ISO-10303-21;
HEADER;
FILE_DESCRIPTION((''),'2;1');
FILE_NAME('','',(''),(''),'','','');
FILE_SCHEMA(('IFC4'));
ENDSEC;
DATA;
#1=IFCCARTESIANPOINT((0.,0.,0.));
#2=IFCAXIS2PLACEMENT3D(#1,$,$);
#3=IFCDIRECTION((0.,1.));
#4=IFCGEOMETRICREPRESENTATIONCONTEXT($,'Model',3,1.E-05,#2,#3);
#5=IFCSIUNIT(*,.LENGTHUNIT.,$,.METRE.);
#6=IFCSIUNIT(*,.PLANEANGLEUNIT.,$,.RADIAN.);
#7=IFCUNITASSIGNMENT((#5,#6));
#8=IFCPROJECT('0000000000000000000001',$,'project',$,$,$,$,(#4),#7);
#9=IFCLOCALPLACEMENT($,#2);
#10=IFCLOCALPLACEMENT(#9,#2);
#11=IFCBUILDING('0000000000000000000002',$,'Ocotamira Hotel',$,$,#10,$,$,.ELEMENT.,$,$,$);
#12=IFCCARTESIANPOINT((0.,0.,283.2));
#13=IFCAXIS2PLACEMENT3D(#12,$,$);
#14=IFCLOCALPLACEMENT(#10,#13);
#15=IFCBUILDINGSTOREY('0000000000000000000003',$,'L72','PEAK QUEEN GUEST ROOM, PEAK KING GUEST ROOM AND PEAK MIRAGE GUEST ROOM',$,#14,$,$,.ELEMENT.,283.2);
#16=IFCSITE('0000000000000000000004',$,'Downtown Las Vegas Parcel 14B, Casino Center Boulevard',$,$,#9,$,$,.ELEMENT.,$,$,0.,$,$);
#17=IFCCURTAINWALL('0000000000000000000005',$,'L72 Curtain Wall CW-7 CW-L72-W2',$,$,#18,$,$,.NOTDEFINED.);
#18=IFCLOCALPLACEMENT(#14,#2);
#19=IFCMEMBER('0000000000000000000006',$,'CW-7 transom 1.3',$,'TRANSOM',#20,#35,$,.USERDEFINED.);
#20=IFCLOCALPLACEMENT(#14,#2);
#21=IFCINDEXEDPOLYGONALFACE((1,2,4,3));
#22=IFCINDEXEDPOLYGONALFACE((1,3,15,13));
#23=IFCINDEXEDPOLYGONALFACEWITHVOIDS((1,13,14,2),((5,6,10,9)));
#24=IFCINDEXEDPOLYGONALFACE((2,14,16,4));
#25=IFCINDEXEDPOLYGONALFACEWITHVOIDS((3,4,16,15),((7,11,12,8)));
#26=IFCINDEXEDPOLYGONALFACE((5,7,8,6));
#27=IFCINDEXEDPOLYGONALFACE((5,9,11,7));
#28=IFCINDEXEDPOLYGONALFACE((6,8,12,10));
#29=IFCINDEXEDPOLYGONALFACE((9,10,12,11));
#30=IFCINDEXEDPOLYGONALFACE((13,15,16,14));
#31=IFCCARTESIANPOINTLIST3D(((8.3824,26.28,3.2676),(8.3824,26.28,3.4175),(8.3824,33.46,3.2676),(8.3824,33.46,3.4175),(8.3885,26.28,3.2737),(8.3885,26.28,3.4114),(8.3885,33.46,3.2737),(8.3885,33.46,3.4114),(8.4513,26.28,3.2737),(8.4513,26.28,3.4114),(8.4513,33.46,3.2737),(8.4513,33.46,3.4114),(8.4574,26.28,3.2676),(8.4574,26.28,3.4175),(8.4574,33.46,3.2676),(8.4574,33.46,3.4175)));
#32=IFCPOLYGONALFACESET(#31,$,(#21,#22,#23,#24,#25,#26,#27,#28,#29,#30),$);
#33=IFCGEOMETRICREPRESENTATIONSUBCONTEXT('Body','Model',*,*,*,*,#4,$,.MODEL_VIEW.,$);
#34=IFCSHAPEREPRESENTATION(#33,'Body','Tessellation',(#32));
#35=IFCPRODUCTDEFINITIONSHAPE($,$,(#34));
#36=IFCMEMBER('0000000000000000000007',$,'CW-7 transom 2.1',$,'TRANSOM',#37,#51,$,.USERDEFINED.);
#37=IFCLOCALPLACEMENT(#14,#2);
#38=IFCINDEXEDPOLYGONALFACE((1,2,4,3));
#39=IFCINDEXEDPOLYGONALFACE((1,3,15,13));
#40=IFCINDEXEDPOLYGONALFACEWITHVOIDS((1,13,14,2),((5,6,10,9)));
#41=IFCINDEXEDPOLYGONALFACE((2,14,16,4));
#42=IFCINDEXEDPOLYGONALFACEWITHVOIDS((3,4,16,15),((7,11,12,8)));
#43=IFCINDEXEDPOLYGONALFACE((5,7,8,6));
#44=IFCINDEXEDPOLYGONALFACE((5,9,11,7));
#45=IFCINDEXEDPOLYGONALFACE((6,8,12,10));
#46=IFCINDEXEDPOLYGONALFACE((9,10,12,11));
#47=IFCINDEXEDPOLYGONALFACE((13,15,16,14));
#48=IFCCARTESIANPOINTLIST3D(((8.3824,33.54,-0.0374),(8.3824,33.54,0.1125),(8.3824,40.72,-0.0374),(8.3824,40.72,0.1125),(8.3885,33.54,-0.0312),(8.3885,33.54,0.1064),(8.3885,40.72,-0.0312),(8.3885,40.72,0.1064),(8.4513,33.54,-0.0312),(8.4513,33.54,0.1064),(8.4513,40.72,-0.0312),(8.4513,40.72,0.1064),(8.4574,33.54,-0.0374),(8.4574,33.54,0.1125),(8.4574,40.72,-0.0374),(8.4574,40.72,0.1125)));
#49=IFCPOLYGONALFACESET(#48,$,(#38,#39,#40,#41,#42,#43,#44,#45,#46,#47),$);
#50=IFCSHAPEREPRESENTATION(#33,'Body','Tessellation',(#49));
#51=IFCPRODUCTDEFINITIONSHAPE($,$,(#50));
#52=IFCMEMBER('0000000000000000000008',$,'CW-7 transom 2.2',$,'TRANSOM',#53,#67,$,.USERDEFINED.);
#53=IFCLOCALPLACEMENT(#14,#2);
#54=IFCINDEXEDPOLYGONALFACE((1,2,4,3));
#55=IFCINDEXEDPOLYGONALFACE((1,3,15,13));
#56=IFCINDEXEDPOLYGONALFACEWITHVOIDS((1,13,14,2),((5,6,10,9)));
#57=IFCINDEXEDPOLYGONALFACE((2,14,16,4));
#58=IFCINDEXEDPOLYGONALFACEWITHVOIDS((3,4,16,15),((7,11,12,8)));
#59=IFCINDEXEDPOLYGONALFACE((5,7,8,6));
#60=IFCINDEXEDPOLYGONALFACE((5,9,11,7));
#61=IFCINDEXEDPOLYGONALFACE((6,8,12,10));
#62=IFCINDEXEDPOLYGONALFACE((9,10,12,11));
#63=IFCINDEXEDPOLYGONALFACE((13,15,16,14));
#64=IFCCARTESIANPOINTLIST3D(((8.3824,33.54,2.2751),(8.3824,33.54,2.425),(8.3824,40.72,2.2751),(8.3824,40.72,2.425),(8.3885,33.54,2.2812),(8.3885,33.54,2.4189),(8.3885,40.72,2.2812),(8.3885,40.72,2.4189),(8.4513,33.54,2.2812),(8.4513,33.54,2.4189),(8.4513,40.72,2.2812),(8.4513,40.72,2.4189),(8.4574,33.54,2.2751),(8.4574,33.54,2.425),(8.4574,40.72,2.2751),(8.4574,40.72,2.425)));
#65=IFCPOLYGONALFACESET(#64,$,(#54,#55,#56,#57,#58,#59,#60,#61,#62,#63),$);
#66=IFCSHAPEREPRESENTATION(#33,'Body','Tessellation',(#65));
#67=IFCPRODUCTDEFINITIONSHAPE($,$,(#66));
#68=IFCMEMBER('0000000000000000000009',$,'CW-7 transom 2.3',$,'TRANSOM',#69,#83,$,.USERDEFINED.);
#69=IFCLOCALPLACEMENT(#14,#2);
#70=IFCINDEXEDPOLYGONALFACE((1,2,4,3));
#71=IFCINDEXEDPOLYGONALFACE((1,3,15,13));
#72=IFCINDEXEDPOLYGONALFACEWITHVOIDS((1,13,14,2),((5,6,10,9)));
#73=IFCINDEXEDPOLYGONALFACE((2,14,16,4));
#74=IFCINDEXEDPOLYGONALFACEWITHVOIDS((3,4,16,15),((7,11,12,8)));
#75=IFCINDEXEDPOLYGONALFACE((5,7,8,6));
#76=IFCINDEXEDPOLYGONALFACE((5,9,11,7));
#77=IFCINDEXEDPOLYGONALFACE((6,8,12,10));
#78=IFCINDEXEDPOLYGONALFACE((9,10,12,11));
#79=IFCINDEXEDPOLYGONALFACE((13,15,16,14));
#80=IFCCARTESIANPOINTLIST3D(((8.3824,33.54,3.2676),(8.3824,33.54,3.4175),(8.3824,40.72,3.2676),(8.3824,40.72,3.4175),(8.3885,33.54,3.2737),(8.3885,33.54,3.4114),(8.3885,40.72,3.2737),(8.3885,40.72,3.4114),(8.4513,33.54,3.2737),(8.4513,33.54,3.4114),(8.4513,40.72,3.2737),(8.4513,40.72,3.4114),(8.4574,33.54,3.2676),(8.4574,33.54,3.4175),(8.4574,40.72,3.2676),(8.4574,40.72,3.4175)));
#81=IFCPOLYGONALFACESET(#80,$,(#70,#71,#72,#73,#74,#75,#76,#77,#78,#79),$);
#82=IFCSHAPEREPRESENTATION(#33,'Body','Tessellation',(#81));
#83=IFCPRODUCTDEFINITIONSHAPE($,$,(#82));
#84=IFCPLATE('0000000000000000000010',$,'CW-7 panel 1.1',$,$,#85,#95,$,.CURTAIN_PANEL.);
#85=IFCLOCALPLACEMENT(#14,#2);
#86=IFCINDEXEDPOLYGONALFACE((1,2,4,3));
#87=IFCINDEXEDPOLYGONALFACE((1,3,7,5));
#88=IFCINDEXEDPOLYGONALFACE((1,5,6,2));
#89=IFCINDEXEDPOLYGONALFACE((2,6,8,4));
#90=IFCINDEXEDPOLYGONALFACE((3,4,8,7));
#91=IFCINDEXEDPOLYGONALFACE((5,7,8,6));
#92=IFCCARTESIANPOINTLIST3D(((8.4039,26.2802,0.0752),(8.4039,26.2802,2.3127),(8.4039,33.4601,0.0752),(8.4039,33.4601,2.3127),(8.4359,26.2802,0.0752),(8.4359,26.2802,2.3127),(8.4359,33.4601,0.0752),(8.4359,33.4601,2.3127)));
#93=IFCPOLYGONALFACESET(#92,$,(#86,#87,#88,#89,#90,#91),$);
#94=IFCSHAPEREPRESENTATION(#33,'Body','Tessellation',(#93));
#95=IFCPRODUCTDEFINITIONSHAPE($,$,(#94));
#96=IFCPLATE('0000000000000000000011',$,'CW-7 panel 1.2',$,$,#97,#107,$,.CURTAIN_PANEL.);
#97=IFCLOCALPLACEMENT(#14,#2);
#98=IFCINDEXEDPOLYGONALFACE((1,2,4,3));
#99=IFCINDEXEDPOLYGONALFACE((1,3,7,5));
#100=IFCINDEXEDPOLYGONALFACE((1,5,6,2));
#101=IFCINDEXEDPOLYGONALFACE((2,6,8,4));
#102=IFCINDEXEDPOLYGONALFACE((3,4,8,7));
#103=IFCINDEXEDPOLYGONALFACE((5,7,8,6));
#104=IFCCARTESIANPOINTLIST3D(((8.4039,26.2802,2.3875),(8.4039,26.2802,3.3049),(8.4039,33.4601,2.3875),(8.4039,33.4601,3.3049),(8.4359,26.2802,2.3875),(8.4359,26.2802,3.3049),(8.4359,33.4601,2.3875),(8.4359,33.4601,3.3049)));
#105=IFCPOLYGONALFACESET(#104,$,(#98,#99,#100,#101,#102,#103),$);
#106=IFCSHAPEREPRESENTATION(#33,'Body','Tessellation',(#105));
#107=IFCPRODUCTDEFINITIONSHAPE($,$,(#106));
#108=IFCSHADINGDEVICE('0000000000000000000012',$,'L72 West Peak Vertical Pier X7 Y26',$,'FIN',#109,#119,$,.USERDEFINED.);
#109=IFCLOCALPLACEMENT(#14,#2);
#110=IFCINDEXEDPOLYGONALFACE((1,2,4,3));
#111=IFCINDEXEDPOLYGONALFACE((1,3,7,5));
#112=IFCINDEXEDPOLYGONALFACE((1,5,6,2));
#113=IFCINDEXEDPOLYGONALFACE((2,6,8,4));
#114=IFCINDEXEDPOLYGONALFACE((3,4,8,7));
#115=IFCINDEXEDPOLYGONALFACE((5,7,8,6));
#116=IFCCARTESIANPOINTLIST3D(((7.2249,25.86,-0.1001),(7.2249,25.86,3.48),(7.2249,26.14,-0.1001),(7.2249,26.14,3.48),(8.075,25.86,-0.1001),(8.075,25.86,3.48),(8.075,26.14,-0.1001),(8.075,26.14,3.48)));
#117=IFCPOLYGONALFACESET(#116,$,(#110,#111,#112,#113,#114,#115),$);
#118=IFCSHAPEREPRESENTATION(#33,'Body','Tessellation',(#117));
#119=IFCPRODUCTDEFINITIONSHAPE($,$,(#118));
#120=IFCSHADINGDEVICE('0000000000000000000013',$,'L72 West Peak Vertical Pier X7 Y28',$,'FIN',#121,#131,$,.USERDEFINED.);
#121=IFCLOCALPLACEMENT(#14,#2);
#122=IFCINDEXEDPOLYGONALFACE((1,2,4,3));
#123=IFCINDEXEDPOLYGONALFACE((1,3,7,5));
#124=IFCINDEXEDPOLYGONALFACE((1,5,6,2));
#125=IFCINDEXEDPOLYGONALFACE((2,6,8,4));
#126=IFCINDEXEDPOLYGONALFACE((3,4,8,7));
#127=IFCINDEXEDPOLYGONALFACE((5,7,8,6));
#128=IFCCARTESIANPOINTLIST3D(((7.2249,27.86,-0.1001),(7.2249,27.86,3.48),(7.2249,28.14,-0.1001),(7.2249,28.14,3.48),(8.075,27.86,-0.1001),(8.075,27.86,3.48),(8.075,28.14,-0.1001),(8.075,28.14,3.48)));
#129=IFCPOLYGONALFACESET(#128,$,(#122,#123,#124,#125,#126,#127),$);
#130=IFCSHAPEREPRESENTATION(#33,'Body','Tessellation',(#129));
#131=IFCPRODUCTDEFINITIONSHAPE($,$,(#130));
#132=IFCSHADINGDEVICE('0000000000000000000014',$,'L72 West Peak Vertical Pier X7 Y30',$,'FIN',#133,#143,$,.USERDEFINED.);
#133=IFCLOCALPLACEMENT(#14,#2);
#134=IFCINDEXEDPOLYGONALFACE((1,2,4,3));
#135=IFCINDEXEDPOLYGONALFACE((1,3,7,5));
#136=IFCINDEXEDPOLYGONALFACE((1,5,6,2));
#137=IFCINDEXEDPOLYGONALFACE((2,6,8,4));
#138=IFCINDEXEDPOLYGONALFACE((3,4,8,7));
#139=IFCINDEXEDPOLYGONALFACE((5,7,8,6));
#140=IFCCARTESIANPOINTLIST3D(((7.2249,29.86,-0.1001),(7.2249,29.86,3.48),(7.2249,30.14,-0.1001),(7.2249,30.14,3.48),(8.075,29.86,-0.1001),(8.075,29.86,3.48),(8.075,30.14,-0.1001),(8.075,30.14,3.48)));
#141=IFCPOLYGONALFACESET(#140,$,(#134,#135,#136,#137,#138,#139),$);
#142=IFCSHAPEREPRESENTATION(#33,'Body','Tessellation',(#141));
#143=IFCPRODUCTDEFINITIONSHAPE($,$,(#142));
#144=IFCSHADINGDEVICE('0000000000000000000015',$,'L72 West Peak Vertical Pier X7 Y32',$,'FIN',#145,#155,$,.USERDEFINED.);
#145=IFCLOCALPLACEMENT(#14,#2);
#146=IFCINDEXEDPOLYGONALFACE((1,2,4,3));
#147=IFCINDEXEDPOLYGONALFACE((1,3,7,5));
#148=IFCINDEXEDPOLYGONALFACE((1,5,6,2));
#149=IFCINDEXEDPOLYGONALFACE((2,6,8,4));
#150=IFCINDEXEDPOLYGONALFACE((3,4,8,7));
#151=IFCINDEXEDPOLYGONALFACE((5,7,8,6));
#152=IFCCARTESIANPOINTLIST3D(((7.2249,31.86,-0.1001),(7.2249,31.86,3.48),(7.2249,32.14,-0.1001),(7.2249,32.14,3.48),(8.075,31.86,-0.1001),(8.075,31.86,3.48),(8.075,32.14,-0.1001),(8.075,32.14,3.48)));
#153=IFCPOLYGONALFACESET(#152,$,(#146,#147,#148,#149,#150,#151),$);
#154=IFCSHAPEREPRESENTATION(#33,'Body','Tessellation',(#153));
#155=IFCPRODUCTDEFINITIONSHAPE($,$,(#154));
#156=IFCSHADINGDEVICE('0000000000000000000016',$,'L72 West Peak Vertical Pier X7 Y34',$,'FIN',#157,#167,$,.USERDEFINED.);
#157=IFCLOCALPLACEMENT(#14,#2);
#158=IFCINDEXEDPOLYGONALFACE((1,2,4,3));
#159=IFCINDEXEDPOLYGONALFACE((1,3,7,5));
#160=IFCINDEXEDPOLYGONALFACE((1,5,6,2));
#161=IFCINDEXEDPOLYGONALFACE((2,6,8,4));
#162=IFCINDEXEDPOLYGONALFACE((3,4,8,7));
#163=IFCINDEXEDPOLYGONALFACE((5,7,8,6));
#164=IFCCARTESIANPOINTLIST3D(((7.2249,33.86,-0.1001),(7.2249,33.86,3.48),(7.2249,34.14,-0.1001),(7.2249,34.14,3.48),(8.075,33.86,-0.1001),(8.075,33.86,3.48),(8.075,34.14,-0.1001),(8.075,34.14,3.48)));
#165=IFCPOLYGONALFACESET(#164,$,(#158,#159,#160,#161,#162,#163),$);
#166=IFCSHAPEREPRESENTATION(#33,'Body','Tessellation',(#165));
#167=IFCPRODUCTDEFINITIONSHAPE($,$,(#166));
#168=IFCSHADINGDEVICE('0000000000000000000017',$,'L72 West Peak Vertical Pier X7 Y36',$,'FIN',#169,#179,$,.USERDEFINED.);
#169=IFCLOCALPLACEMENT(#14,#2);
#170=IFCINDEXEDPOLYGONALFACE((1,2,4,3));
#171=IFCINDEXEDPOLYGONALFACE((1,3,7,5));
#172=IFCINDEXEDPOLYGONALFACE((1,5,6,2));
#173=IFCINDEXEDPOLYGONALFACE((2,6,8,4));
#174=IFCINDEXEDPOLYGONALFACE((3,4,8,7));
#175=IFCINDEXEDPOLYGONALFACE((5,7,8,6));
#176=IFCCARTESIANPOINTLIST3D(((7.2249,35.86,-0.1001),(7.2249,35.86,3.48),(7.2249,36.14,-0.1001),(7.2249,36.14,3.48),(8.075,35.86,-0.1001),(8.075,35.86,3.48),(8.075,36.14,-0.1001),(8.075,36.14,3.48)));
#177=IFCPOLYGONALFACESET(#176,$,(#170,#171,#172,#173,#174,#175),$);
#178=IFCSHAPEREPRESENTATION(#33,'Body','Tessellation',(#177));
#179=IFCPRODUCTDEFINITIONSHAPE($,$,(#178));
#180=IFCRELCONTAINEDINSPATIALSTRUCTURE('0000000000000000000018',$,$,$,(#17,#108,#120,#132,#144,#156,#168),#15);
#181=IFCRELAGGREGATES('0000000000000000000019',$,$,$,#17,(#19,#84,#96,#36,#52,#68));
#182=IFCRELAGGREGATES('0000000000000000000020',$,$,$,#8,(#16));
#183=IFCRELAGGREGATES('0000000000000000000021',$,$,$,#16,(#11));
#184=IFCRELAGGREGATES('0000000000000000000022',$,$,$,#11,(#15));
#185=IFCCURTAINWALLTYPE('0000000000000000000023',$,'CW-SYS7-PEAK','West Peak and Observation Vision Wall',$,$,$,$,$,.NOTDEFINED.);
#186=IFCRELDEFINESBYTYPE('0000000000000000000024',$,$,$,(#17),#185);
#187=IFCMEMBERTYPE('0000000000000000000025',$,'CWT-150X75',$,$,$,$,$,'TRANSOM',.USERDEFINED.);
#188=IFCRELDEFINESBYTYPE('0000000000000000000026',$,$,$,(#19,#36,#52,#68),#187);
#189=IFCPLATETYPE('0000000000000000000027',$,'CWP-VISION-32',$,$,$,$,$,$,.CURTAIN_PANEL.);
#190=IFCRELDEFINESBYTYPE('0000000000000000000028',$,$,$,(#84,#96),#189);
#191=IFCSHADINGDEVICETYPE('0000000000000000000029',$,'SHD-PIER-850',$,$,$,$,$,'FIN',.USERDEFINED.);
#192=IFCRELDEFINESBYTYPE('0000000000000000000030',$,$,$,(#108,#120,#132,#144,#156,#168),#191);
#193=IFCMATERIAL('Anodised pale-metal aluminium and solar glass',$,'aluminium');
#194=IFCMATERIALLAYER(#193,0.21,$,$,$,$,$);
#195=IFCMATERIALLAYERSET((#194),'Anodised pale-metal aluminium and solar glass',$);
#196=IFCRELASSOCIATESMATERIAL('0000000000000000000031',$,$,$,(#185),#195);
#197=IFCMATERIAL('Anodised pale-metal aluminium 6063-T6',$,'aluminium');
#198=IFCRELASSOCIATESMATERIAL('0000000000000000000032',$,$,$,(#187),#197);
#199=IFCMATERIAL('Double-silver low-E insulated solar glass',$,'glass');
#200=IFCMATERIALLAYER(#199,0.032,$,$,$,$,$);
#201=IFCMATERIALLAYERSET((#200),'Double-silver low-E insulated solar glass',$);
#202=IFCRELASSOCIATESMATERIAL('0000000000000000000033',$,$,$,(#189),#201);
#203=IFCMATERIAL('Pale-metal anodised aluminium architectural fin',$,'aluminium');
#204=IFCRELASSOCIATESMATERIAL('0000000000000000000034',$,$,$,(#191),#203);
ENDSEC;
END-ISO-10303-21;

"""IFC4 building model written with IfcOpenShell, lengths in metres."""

from ifc_helpers import new_model, si_unit, direction, frame, origin, origin_2d, place, context, subcontext, project, spatial, rectangle, hollow_rectangle, extrude, source, transform, mapped, material, layer, layer_set, material_profile, profile_set, type_object, element, aggregate, save


model = new_model("IFC4")

# Units and contexts
model_context = context("Model", 3, precision=1e-05, world=origin(), true_north=direction((0.0, 1.0)))
body_context = subcontext(model_context, "Body", "Model", "MODEL_VIEW")
ifc_project = project(units=[si_unit("LENGTHUNIT", "METRE"), si_unit("PLANEANGLEUNIT", "RADIAN")], contexts=[model_context])

# Site, building, storey
site_placement = place(None, origin())
site = spatial("IfcSite", under=ifc_project, at=site_placement, Name="Downtown Las Vegas Parcel 14B, Casino Center Boulevard", CompositionType="ELEMENT", RefElevation=0.0)
building_placement = place(site_placement, origin())
building = spatial("IfcBuilding", under=site, at=building_placement, Name="Ocotamira Hotel", CompositionType="ELEMENT")
storey_placement = place(building_placement, frame((0.0, 0.0, 283.2)))
storey = spatial("IfcBuildingStorey", under=building, at=storey_placement, Name="L72", Description="PEAK QUEEN GUEST ROOM, PEAK KING GUEST ROOM AND PEAK MIRAGE GUEST ROOM", CompositionType="ELEMENT", Elevation=283.2)

# Shared definitions
ifc_material_1 = material(Name="Anodised pale-metal aluminium and solar glass", Category="aluminium")
ifc_layer_1 = layer(ifc_material_1, 0.21)
ifc_layer_set_1 = layer_set([ifc_layer_1], Name="Anodised pale-metal aluminium and solar glass")
curtain_wall_type = type_object("IfcCurtainWallType", Name="CW-SYS7-PEAK", Description="West Peak and Observation Vision Wall", PredefinedType="NOTDEFINED", material=ifc_layer_set_1)
ifc_material_2 = material(Name="Anodised pale-metal aluminium 6063-T6", Category="aluminium")

# Curtain wall, members, plates
curtain_wall_1_placement = place(storey_placement, origin())
curtain_wall_1 = element("IfcCurtainWall", 1, at=curtain_wall_1_placement, inside=storey, type_object=curtain_wall_type, Name="L72 Curtain Wall CW-7 CW-L72-W2", PredefinedType="NOTDEFINED")
ifc_material_profile_1 = material_profile(ifc_material_2, hollow_rectangle(XDim=0.075, YDim=0.1499, WallThickness=0.0061, at=origin_2d()), Name="HSS150X75X6")
ifc_profile_set_1 = profile_set([ifc_material_profile_1], Name="Anodised pale-metal aluminium 6063-T6")
member_type_1 = type_object("IfcMemberType", Name="CWT-150X75", ElementType="TRANSOM", PredefinedType="USERDEFINED", material=ifc_profile_set_1)
shared_shape_1 = source(origin(), body_context, "Body", "SweptSolid", [
    extrude(hollow_rectangle(XDim=0.075, YDim=0.1499, WallThickness=0.0061, at=origin_2d()), origin(), (0.0, 0.0, 1.0), 7.1799),
])
member_1_placement = place(storey_placement, frame((8.4199, 26.28, 3.3425), z_axis=(0.0, 1.0, 0.0), x_axis=(-1.0, 0.0, 0.0)))
member_1 = element("IfcMember", 2, at=member_1_placement, type_object=member_type_1, Name="CW-7 transom 1.3", ObjectType="TRANSOM", PredefinedType="USERDEFINED", context=body_context, shape_type="MappedRepresentation", body=[
    mapped(shared_shape_1, transform((0.0, 0.0, 0.0), scale=1.0)),
])
member_2_placement = place(storey_placement, frame((8.4199, 33.54, 0.0376), z_axis=(0.0, 1.0, 0.0), x_axis=(-1.0, 0.0, 0.0)))
member_2 = element("IfcMember", 3, at=member_2_placement, type_object=member_type_1, Name="CW-7 transom 2.1", ObjectType="TRANSOM", PredefinedType="USERDEFINED", context=body_context, shape_type="MappedRepresentation", body=[
    mapped(shared_shape_1, transform((0.0, 0.0, 0.0), scale=1.0)),
])
member_3_placement = place(storey_placement, frame((8.4199, 33.54, 2.3501), z_axis=(0.0, 1.0, 0.0), x_axis=(-1.0, 0.0, 0.0)))
member_3 = element("IfcMember", 4, at=member_3_placement, type_object=member_type_1, Name="CW-7 transom 2.2", ObjectType="TRANSOM", PredefinedType="USERDEFINED", context=body_context, shape_type="MappedRepresentation", body=[
    mapped(shared_shape_1, transform((0.0, 0.0, 0.0), scale=1.0)),
])
member_4_placement = place(storey_placement, frame((8.4199, 33.54, 3.3425), z_axis=(0.0, 1.0, 0.0), x_axis=(-1.0, 0.0, 0.0)))
member_4 = element("IfcMember", 5, at=member_4_placement, type_object=member_type_1, Name="CW-7 transom 2.3", ObjectType="TRANSOM", PredefinedType="USERDEFINED", context=body_context, shape_type="MappedRepresentation", body=[
    mapped(shared_shape_1, transform((0.0, 0.0, 0.0), scale=1.0)),
])
ifc_material_3 = material(Name="Double-silver low-E insulated solar glass", Category="glass")
ifc_layer_2 = layer(ifc_material_3, 0.032)
ifc_layer_set_2 = layer_set([ifc_layer_2], Name="Double-silver low-E insulated solar glass")
plate_type = type_object("IfcPlateType", Name="CWP-VISION-32", PredefinedType="CURTAIN_PANEL", material=ifc_layer_set_2)
shared_shape_2 = source(origin(), body_context, "Body", "SweptSolid", [
    extrude(rectangle(XDim=7.1799, YDim=0.032, at=origin_2d()), origin(), (0.0, 0.0, 1.0), 2.2375),
])
plate_1_placement = place(storey_placement, frame((8.4199, 29.8701, 0.0752), z_axis=(0.0, 0.0, 1.0), x_axis=(0.0, 1.0, 0.0)))
plate_1 = element("IfcPlate", 6, at=plate_1_placement, type_object=plate_type, Name="CW-7 panel 1.1", PredefinedType="CURTAIN_PANEL", context=body_context, shape_type="MappedRepresentation", body=[
    mapped(shared_shape_2, transform((0.0, 0.0, 0.0), scale=1.0)),
])
shared_shape_3 = source(origin(), body_context, "Body", "SweptSolid", [
    extrude(rectangle(XDim=7.1799, YDim=0.032, at=origin_2d()), origin(), (0.0, 0.0, 1.0), 0.9175),
])
plate_2_placement = place(storey_placement, frame((8.4199, 29.8701, 2.3875), z_axis=(0.0, 0.0, 1.0), x_axis=(0.0, 1.0, 0.0)))
plate_2 = element("IfcPlate", 7, at=plate_2_placement, type_object=plate_type, Name="CW-7 panel 1.2", PredefinedType="CURTAIN_PANEL", context=body_context, shape_type="MappedRepresentation", body=[
    mapped(shared_shape_3, transform((0.0, 0.0, 0.0), scale=1.0)),
])
aggregate(curtain_wall_1, [member_1, plate_1, plate_2, member_2, member_3, member_4])

# Shading devices
ifc_material_4 = material(Name="Pale-metal anodised aluminium architectural fin", Category="aluminium")
shading_device_type = type_object("IfcShadingDeviceType", Name="SHD-PIER-850", ElementType="FIN", PredefinedType="USERDEFINED", material=ifc_material_4)
shared_shape_4 = source(origin(), body_context, "Body", "SweptSolid", [
    extrude(rectangle(XDim=0.8501, YDim=0.28, at=origin_2d()), origin(), (0.0, 0.0, 1.0), 3.5801),
])
for number, where, z_axis, x_axis, name in (
    (8, (7.6499, 26.0, -0.1001), (0.0, 0.0, 1.0), (1.0, 0.0, 0.0), "L72 West Peak Vertical Pier X7 Y26"),
    (9, (7.6499, 28.0, -0.1001), (0.0, 0.0, 1.0), (1.0, 0.0, 0.0), "L72 West Peak Vertical Pier X7 Y28"),
    (10, (7.6499, 30.0, -0.1001), (0.0, 0.0, 1.0), (1.0, 0.0, 0.0), "L72 West Peak Vertical Pier X7 Y30"),
    (11, (7.6499, 32.0, -0.1001), (0.0, 0.0, 1.0), (1.0, 0.0, 0.0), "L72 West Peak Vertical Pier X7 Y32"),
    (12, (7.6499, 34.0, -0.1001), (0.0, 0.0, 1.0), (1.0, 0.0, 0.0), "L72 West Peak Vertical Pier X7 Y34"),
    (13, (7.6499, 36.0, -0.1001), (0.0, 0.0, 1.0), (1.0, 0.0, 0.0), "L72 West Peak Vertical Pier X7 Y36"),
):
    element("IfcShadingDevice", number, at=place(storey_placement, frame(where, z_axis=z_axis, x_axis=x_axis)), inside=storey, type_object=shading_device_type, Name=name, ObjectType="FIN", PredefinedType="USERDEFINED", context=body_context, shape_type="MappedRepresentation", body=[
        mapped(shared_shape_4, transform((0.0, 0.0, 0.0), scale=1.0)),
    ])

save(model, "model.ifc")
